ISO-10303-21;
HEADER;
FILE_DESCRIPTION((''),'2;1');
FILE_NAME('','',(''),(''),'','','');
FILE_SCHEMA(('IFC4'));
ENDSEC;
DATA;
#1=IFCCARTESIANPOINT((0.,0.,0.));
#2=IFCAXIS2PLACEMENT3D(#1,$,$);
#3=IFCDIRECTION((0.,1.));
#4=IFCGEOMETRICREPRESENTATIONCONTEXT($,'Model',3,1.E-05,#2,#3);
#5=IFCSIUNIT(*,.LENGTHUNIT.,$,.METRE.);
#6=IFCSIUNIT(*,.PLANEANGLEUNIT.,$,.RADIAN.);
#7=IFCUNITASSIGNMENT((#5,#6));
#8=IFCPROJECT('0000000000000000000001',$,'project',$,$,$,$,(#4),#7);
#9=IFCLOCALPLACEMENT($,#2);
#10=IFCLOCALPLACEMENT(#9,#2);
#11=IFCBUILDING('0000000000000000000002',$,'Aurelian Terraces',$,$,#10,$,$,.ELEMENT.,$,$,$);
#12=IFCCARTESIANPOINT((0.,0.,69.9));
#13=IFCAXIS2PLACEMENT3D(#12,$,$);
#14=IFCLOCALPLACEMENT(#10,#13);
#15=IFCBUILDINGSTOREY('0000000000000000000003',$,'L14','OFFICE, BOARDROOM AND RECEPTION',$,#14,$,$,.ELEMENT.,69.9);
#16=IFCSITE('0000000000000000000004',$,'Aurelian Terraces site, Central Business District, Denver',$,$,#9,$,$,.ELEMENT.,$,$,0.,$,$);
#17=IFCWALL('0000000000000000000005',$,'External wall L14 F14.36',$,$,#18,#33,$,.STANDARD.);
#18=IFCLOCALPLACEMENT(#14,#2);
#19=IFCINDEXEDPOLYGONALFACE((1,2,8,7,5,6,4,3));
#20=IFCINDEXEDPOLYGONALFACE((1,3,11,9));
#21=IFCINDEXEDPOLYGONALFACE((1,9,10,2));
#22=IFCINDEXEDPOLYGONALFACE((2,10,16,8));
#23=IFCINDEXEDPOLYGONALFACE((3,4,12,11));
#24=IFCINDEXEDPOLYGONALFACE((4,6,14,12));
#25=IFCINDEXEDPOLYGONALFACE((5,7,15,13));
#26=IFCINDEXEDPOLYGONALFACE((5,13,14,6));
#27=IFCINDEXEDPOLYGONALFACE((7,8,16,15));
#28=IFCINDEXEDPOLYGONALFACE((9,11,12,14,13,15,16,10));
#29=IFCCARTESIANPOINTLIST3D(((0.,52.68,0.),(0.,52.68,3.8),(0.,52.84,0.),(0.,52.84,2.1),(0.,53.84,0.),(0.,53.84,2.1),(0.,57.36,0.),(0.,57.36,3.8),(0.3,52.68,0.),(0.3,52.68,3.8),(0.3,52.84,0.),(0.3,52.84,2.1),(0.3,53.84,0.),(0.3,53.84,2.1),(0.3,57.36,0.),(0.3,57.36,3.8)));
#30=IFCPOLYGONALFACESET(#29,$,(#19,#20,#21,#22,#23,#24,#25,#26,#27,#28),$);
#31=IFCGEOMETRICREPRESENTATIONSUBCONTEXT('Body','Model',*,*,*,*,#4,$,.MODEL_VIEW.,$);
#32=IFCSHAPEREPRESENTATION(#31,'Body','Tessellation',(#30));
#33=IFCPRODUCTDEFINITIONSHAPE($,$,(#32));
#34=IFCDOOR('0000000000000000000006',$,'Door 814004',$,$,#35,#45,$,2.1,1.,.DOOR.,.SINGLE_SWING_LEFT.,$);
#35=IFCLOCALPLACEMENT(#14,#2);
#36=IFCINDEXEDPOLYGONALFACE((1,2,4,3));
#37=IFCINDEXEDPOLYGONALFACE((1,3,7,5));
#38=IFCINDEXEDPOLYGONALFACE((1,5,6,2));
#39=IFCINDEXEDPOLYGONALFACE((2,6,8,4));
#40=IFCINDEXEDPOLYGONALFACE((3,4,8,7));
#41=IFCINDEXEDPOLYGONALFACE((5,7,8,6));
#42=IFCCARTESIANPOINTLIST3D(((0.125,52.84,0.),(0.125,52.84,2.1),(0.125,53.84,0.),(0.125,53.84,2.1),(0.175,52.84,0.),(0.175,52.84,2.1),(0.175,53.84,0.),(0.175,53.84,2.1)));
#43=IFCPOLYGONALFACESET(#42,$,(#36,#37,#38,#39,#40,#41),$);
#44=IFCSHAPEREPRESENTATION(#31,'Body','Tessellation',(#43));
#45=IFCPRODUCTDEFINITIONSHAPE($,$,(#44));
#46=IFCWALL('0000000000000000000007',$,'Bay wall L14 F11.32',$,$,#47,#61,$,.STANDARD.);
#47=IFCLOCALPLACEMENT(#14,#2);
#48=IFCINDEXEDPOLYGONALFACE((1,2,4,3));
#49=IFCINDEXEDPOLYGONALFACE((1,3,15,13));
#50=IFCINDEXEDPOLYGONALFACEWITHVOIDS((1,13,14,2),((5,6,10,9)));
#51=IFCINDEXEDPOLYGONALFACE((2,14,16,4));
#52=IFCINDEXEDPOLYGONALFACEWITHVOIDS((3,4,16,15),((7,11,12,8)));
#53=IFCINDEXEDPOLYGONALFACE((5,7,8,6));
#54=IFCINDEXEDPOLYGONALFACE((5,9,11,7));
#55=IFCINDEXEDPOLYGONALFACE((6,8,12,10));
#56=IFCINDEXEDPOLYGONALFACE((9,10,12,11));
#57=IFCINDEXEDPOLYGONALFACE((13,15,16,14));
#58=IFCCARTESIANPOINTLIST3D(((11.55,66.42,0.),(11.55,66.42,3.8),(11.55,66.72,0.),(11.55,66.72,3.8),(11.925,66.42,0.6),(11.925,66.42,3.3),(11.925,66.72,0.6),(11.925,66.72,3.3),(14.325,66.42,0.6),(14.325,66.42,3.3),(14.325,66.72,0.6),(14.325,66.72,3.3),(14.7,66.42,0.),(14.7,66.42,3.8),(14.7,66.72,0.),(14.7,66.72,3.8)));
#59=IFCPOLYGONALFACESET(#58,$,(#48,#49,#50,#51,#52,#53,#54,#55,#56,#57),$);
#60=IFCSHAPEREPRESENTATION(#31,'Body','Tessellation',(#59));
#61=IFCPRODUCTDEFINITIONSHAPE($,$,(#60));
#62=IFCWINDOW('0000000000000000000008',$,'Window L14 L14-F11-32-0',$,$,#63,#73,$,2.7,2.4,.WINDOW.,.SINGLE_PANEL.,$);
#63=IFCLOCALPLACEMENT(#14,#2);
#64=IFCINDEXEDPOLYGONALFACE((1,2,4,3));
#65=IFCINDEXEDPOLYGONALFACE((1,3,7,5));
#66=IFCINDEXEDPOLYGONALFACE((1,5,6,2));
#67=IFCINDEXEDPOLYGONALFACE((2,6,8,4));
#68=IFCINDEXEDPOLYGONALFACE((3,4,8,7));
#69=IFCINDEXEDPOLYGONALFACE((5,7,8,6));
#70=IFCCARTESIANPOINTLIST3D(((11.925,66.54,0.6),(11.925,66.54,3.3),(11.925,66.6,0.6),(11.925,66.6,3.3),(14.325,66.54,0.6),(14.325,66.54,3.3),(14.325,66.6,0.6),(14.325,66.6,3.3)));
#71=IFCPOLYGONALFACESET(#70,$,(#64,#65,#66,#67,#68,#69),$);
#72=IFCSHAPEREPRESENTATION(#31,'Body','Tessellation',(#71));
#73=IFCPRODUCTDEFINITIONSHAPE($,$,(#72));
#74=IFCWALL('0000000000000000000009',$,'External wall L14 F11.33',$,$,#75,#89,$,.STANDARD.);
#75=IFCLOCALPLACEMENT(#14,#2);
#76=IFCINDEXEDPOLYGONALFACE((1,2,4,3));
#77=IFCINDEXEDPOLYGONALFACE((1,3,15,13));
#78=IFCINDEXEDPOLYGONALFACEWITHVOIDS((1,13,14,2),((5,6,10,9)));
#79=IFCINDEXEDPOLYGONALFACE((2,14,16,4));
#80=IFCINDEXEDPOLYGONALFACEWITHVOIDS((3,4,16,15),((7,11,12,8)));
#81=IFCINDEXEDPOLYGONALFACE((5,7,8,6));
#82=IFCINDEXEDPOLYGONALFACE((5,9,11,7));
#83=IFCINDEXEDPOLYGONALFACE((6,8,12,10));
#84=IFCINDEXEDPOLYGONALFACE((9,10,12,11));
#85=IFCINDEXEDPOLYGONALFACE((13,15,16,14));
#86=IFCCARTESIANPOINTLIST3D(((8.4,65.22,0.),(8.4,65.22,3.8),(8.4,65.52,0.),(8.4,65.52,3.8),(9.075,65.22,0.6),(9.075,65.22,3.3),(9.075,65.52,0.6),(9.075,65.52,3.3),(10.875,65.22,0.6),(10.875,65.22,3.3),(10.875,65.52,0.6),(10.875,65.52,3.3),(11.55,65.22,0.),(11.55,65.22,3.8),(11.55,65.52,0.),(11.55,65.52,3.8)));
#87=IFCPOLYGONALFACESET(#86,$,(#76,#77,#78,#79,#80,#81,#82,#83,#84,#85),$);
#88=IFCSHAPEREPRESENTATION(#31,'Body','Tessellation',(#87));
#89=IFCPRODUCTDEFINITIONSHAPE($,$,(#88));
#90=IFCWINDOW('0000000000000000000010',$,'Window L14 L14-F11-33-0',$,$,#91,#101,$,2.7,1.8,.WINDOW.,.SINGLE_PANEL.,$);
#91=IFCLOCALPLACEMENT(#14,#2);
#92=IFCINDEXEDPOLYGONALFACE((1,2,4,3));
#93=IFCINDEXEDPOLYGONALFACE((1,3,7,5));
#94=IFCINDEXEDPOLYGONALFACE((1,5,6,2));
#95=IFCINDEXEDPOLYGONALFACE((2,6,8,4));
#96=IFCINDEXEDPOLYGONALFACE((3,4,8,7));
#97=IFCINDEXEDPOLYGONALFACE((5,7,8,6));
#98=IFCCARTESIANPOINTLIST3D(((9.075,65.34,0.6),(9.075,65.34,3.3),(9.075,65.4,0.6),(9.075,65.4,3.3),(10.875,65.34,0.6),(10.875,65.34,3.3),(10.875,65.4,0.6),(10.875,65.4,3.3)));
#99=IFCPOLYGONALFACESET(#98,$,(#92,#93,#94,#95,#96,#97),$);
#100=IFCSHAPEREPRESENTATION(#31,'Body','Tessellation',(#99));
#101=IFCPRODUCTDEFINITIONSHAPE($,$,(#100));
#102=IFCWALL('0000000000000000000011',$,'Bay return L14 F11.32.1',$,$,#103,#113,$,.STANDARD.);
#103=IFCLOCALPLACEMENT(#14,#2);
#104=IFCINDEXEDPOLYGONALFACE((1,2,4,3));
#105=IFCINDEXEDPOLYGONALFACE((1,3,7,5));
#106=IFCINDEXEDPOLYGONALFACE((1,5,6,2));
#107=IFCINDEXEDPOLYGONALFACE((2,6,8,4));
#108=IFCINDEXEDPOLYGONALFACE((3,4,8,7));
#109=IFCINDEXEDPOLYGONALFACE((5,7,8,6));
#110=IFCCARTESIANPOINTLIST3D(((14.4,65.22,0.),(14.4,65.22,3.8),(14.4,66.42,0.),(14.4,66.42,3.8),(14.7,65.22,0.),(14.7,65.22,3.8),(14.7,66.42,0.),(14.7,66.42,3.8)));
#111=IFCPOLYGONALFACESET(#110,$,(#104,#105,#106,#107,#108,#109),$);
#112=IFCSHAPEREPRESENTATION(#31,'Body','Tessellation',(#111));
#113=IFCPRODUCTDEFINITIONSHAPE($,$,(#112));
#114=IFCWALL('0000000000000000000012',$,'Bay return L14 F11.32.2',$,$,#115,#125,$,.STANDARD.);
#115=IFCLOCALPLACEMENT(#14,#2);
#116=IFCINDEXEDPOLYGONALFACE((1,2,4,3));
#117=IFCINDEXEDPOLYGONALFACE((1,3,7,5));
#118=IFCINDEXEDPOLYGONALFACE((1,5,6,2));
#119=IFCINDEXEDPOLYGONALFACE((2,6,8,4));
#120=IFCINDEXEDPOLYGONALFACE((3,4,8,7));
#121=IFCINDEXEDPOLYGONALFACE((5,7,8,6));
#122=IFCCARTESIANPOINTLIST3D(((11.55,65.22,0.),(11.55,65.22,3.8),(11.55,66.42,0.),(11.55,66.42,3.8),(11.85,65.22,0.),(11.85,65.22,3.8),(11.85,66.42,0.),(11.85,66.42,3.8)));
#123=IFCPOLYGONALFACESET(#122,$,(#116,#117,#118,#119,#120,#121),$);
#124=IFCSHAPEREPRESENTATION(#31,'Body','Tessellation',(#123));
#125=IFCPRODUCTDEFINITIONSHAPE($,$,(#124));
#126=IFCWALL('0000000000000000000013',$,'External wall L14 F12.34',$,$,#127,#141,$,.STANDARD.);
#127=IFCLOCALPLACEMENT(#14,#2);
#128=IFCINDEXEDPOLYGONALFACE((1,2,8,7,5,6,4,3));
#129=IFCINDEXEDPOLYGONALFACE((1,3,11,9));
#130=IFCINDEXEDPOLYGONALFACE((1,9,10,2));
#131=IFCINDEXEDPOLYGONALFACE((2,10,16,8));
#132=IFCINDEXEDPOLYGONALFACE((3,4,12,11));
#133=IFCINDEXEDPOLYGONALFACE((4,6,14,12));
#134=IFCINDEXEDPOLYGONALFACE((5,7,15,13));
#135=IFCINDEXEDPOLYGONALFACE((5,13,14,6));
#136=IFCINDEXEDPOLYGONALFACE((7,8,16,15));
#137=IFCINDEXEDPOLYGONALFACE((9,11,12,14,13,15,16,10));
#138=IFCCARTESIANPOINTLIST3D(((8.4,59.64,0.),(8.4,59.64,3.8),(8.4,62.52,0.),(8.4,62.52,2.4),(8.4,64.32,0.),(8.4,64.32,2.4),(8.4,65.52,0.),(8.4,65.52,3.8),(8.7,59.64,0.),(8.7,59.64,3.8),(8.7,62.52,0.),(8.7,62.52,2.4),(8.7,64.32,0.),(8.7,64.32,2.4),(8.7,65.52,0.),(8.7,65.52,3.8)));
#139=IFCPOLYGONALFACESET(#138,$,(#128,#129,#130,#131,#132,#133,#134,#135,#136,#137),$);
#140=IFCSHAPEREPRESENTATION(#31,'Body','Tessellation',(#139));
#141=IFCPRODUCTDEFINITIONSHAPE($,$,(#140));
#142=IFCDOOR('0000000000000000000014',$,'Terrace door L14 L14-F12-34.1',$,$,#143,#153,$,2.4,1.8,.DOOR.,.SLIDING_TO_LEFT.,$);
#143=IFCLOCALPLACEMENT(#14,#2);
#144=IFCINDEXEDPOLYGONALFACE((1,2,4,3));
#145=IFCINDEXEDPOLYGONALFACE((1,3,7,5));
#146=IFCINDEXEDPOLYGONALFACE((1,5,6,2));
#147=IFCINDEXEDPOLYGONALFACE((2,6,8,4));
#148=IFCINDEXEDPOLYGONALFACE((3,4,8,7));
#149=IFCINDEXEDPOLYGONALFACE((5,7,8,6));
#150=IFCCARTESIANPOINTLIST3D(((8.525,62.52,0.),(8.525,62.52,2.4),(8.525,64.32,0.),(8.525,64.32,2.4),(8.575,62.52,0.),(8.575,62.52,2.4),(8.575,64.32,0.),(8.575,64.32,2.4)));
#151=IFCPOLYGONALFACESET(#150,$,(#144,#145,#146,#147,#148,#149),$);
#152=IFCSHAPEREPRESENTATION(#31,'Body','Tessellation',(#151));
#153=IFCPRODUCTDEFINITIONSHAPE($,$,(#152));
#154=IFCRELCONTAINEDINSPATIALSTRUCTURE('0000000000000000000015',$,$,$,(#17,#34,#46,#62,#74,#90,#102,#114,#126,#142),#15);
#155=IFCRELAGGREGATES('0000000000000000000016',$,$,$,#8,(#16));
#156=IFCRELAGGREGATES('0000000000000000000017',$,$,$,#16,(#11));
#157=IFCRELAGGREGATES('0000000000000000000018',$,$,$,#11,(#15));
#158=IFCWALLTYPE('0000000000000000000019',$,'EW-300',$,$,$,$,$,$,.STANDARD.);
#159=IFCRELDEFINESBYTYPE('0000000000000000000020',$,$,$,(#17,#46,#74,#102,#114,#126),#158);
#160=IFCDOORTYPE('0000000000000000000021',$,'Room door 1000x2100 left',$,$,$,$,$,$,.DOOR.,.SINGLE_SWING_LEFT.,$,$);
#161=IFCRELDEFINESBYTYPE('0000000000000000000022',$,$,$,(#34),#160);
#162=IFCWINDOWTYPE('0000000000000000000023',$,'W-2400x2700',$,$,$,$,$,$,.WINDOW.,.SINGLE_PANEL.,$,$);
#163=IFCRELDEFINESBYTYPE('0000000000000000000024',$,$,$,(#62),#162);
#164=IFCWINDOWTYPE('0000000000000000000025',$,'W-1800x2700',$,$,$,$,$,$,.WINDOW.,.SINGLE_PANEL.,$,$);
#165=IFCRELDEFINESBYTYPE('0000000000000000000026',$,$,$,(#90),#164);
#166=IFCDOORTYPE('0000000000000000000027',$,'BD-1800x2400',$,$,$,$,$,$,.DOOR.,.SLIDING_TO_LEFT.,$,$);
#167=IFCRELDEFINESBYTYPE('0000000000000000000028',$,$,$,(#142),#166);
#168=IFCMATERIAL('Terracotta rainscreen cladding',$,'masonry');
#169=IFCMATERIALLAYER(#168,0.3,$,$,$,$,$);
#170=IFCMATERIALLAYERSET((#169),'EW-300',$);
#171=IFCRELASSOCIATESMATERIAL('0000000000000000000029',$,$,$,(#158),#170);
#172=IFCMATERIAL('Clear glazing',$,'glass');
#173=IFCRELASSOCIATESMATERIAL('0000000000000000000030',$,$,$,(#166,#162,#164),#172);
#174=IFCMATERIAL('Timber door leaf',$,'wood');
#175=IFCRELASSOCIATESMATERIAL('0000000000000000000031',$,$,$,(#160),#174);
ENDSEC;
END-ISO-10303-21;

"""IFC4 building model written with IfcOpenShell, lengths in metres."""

from ifc_helpers import new_model, si_unit, direction, frame, frame_2d, origin, place, context, subcontext, project, spatial, rectangle, extrude, source, transform, mapped, material, layer, layer_set, type_object, element, fill, save


model = new_model("IFC4")

# Units and contexts
model_context = context("Model", 3, precision=1e-05, world=origin(), true_north=direction((0.0, 1.0)))
body_context = subcontext(model_context, "Body", "Model", "MODEL_VIEW")
ifc_project = project(units=[si_unit("LENGTHUNIT", "METRE"), si_unit("PLANEANGLEUNIT", "RADIAN")], contexts=[model_context])

# Site, building, storey
site_placement = place(None, origin())
site = spatial("IfcSite", under=ifc_project, at=site_placement, Name="Aurelian Terraces site, Central Business District, Denver", CompositionType="ELEMENT", RefElevation=0.0)
building_placement = place(site_placement, origin())
building = spatial("IfcBuilding", under=site, at=building_placement, Name="Aurelian Terraces", CompositionType="ELEMENT")
storey_placement = place(building_placement, frame((0.0, 0.0, 69.9)))
storey = spatial("IfcBuildingStorey", under=building, at=storey_placement, Name="L14", Description="OFFICE, BOARDROOM AND RECEPTION", CompositionType="ELEMENT", Elevation=69.9)

# Shared definitions
ifc_material_1 = material(Name="Terracotta rainscreen cladding", Category="masonry")
ifc_layer_1 = layer(ifc_material_1, 0.3)
ifc_layer_set_1 = layer_set([ifc_layer_1], Name="EW-300")
wall_type_1 = type_object("IfcWallType", Name="EW-300", PredefinedType="STANDARD", material=ifc_layer_set_1)
shared_shape_1 = source(origin(), body_context, "Body", "SweptSolid", [
    extrude(rectangle(XDim=1.8, YDim=2.4, at=frame_2d((0.9, 1.2))), frame((0.0, 0.16, 0.0), z_axis=(0.0, -1.0, 0.0), x_axis=(1.0, 0.0, 0.0)), (0.0, 0.0, 1.0), 0.32),
])
ifc_material_2 = material(Name="Clear glazing", Category="glass")
door_type_1 = type_object("IfcDoorType", Name="BD-1800x2400", OperationType="SLIDING_TO_LEFT", PredefinedType="DOOR", material=ifc_material_2)
shared_shape_2 = source(origin(), body_context, "Body", "SweptSolid", [
    extrude(rectangle(XDim=1.8, YDim=2.4, at=frame_2d((0.9, 1.2))), frame((0.0, 0.025, 0.0), z_axis=(0.0, -1.0, 0.0), x_axis=(1.0, 0.0, 0.0)), (0.0, 0.0, 1.0), 0.05),
])

# Wall, opening, door
shared_shape_3 = source(origin(), body_context, "Body", "SweptSolid", [
    extrude(rectangle(XDim=4.68, YDim=0.3, at=frame_2d((2.34, 0.0))), origin(), (0.0, 0.0, 1.0), 3.8),
])
wall_1_placement = place(storey_placement, frame((0.15, 57.36, 0.0), z_axis=(0.0, 0.0, 1.0), x_axis=(0.0, -1.0, 0.0)))
wall_1 = element("IfcWall", 1, at=wall_1_placement, inside=storey, type_object=wall_type_1, Name="External wall L14 F14.36", PredefinedType="STANDARD", context=body_context, shape_type="MappedRepresentation", body=[
    mapped(shared_shape_3, transform((0.0, 0.0, 0.0), scale=1.0)),
])
shared_shape_4 = source(origin(), body_context, "Body", "SweptSolid", [
    extrude(rectangle(XDim=1.0, YDim=2.1, at=frame_2d((0.5, 1.05))), frame((0.0, 0.16, 0.0), z_axis=(0.0, -1.0, 0.0), x_axis=(1.0, 0.0, 0.0)), (0.0, 0.0, 1.0), 0.32),
])
opening_1_placement = place(wall_1_placement, frame((3.52, 0.0, 0.0)))
opening_1 = element("IfcOpeningElement", 2, at=opening_1_placement, cuts=wall_1, PredefinedType="OPENING", context=body_context, shape_type="MappedRepresentation", body=[
    mapped(shared_shape_4, transform((0.0, 0.0, 0.0), scale=1.0)),
])
ifc_material_3 = material(Name="Timber door leaf", Category="wood")
door_type_2 = type_object("IfcDoorType", Name="Room door 1000x2100 left", OperationType="SINGLE_SWING_LEFT", PredefinedType="DOOR", material=ifc_material_3)
shared_shape_5 = source(origin(), body_context, "Body", "SweptSolid", [
    extrude(rectangle(XDim=1.0, YDim=2.1, at=frame_2d((0.5, 1.05))), frame((0.0, 0.025, 0.0), z_axis=(0.0, -1.0, 0.0), x_axis=(1.0, 0.0, 0.0)), (0.0, 0.0, 1.0), 0.05),
])
door_1_placement = place(opening_1_placement, origin())
door_1 = element("IfcDoor", 3, at=door_1_placement, inside=storey, type_object=door_type_2, Name="Door 814004", OperationType="SINGLE_SWING_LEFT", OverallHeight=2.1, OverallWidth=1.0, PredefinedType="DOOR", context=body_context, shape_type="MappedRepresentation", body=[
    mapped(shared_shape_5, transform((0.0, 0.0, 0.0), scale=1.0)),
])
fill(opening_1, door_1)

# Walls, openings, windows
shared_shape_6 = source(origin(), body_context, "Body", "SweptSolid", [
    extrude(rectangle(XDim=3.15, YDim=0.3, at=frame_2d((1.575, 0.0))), origin(), (0.0, 0.0, 1.0), 3.8),
])
wall_2_placement = place(storey_placement, frame((14.7, 66.57, 0.0), z_axis=(0.0, 0.0, 1.0), x_axis=(-1.0, 0.0, 0.0)))
wall_2 = element("IfcWall", 4, at=wall_2_placement, inside=storey, type_object=wall_type_1, Name="Bay wall L14 F11.32", PredefinedType="STANDARD", context=body_context, shape_type="MappedRepresentation", body=[
    mapped(shared_shape_6, transform((0.0, 0.0, 0.0), scale=1.0)),
])
shared_shape_7 = source(origin(), body_context, "Body", "SweptSolid", [
    extrude(rectangle(XDim=2.4, YDim=2.7, at=frame_2d((1.2, 1.35))), frame((0.0, 0.16, 0.0), z_axis=(0.0, -1.0, 0.0), x_axis=(1.0, 0.0, 0.0)), (0.0, 0.0, 1.0), 0.32),
])
opening_2_placement = place(wall_2_placement, frame((0.375, 0.0, 0.6)))
opening_2 = element("IfcOpeningElement", 5, at=opening_2_placement, cuts=wall_2, PredefinedType="OPENING", context=body_context, shape_type="MappedRepresentation", body=[
    mapped(shared_shape_7, transform((0.0, 0.0, 0.0), scale=1.0)),
])
window_type_1 = type_object("IfcWindowType", Name="W-2400x2700", PartitioningType="SINGLE_PANEL", PredefinedType="WINDOW", material=ifc_material_2)
shared_shape_8 = source(origin(), body_context, "Body", "SweptSolid", [
    extrude(rectangle(XDim=2.4, YDim=2.7, at=frame_2d((1.2, 1.35))), frame((0.0, 0.03, 0.0), z_axis=(0.0, -1.0, 0.0), x_axis=(1.0, 0.0, 0.0)), (0.0, 0.0, 1.0), 0.06),
])
window_1_placement = place(opening_2_placement, origin())
window_1 = element("IfcWindow", 6, at=window_1_placement, inside=storey, type_object=window_type_1, Name="Window L14 L14-F11-32-0", OverallHeight=2.7, OverallWidth=2.4, PartitioningType="SINGLE_PANEL", PredefinedType="WINDOW", context=body_context, shape_type="MappedRepresentation", body=[
    mapped(shared_shape_8, transform((0.0, 0.0, 0.0), scale=1.0)),
])
fill(opening_2, window_1)
wall_3_placement = place(storey_placement, frame((11.55, 65.37, 0.0), z_axis=(0.0, 0.0, 1.0), x_axis=(-1.0, 0.0, 0.0)))
wall_3 = element("IfcWall", 7, at=wall_3_placement, inside=storey, type_object=wall_type_1, Name="External wall L14 F11.33", PredefinedType="STANDARD", context=body_context, shape_type="MappedRepresentation", body=[
    mapped(shared_shape_6, transform((0.0, 0.0, 0.0), scale=1.0)),
])
shared_shape_9 = source(origin(), body_context, "Body", "SweptSolid", [
    extrude(rectangle(XDim=1.8, YDim=2.7, at=frame_2d((0.9, 1.35))), frame((0.0, 0.16, 0.0), z_axis=(0.0, -1.0, 0.0), x_axis=(1.0, 0.0, 0.0)), (0.0, 0.0, 1.0), 0.32),
])
opening_3_placement = place(wall_3_placement, frame((0.675, 0.0, 0.6)))
opening_3 = element("IfcOpeningElement", 8, at=opening_3_placement, cuts=wall_3, PredefinedType="OPENING", context=body_context, shape_type="MappedRepresentation", body=[
    mapped(shared_shape_9, transform((0.0, 0.0, 0.0), scale=1.0)),
])
window_type_2 = type_object("IfcWindowType", Name="W-1800x2700", PartitioningType="SINGLE_PANEL", PredefinedType="WINDOW", material=ifc_material_2)
shared_shape_10 = source(origin(), body_context, "Body", "SweptSolid", [
    extrude(rectangle(XDim=1.8, YDim=2.7, at=frame_2d((0.9, 1.35))), frame((0.0, 0.03, 0.0), z_axis=(0.0, -1.0, 0.0), x_axis=(1.0, 0.0, 0.0)), (0.0, 0.0, 1.0), 0.06),
])
window_2_placement = place(opening_3_placement, origin())
window_2 = element("IfcWindow", 9, at=window_2_placement, inside=storey, type_object=window_type_2, Name="Window L14 L14-F11-33-0", OverallHeight=2.7, OverallWidth=1.8, PartitioningType="SINGLE_PANEL", PredefinedType="WINDOW", context=body_context, shape_type="MappedRepresentation", body=[
    mapped(shared_shape_10, transform((0.0, 0.0, 0.0), scale=1.0)),
])
fill(opening_3, window_2)

# Walls
shared_shape_11 = source(origin(), body_context, "Body", "SweptSolid", [
    extrude(rectangle(XDim=1.2, YDim=0.3, at=frame_2d((0.6, 0.0))), origin(), (0.0, 0.0, 1.0), 3.8),
])
for number, where, z_axis, x_axis, name in (
    (10, (14.55, 65.22, 0.0), (0.0, 0.0, 1.0), (0.0, 1.0, 0.0), "Bay return L14 F11.32.1"),
    (11, (11.7, 65.22, 0.0), (0.0, 0.0, 1.0), (0.0, 1.0, 0.0), "Bay return L14 F11.32.2"),
):
    element("IfcWall", number, at=place(storey_placement, frame(where, z_axis=z_axis, x_axis=x_axis)), inside=storey, type_object=wall_type_1, Name=name, PredefinedType="STANDARD", context=body_context, shape_type="MappedRepresentation", body=[
        mapped(shared_shape_11, transform((0.0, 0.0, 0.0), scale=1.0)),
    ])

# Wall, opening, door
shared_shape_12 = source(origin(), body_context, "Body", "SweptSolid", [
    extrude(rectangle(XDim=5.88, YDim=0.3, at=frame_2d((2.94, 0.0))), origin(), (0.0, 0.0, 1.0), 3.8),
])
wall_4_placement = place(storey_placement, frame((8.55, 65.52, 0.0), z_axis=(0.0, 0.0, 1.0), x_axis=(0.0, -1.0, 0.0)))
wall_4 = element("IfcWall", 12, at=wall_4_placement, inside=storey, type_object=wall_type_1, Name="External wall L14 F12.34", PredefinedType="STANDARD", context=body_context, shape_type="MappedRepresentation", body=[
    mapped(shared_shape_12, transform((0.0, 0.0, 0.0), scale=1.0)),
])
opening_4_placement = place(wall_4_placement, frame((1.2, 0.0, 0.0)))
opening_4 = element("IfcOpeningElement", 13, at=opening_4_placement, cuts=wall_4, PredefinedType="OPENING", context=body_context, shape_type="MappedRepresentation", body=[
    mapped(shared_shape_1, transform((0.0, 0.0, 0.0), scale=1.0)),
])
door_2_placement = place(opening_4_placement, origin())
door_2 = element("IfcDoor", 14, at=door_2_placement, inside=storey, type_object=door_type_1, Name="Terrace door L14 L14-F12-34.1", OperationType="SLIDING_TO_LEFT", OverallHeight=2.4, OverallWidth=1.8, PredefinedType="DOOR", context=body_context, shape_type="MappedRepresentation", body=[
    mapped(shared_shape_2, transform((0.0, 0.0, 0.0), scale=1.0)),
])
fill(opening_4, door_2)

save(model, "model.ifc")
